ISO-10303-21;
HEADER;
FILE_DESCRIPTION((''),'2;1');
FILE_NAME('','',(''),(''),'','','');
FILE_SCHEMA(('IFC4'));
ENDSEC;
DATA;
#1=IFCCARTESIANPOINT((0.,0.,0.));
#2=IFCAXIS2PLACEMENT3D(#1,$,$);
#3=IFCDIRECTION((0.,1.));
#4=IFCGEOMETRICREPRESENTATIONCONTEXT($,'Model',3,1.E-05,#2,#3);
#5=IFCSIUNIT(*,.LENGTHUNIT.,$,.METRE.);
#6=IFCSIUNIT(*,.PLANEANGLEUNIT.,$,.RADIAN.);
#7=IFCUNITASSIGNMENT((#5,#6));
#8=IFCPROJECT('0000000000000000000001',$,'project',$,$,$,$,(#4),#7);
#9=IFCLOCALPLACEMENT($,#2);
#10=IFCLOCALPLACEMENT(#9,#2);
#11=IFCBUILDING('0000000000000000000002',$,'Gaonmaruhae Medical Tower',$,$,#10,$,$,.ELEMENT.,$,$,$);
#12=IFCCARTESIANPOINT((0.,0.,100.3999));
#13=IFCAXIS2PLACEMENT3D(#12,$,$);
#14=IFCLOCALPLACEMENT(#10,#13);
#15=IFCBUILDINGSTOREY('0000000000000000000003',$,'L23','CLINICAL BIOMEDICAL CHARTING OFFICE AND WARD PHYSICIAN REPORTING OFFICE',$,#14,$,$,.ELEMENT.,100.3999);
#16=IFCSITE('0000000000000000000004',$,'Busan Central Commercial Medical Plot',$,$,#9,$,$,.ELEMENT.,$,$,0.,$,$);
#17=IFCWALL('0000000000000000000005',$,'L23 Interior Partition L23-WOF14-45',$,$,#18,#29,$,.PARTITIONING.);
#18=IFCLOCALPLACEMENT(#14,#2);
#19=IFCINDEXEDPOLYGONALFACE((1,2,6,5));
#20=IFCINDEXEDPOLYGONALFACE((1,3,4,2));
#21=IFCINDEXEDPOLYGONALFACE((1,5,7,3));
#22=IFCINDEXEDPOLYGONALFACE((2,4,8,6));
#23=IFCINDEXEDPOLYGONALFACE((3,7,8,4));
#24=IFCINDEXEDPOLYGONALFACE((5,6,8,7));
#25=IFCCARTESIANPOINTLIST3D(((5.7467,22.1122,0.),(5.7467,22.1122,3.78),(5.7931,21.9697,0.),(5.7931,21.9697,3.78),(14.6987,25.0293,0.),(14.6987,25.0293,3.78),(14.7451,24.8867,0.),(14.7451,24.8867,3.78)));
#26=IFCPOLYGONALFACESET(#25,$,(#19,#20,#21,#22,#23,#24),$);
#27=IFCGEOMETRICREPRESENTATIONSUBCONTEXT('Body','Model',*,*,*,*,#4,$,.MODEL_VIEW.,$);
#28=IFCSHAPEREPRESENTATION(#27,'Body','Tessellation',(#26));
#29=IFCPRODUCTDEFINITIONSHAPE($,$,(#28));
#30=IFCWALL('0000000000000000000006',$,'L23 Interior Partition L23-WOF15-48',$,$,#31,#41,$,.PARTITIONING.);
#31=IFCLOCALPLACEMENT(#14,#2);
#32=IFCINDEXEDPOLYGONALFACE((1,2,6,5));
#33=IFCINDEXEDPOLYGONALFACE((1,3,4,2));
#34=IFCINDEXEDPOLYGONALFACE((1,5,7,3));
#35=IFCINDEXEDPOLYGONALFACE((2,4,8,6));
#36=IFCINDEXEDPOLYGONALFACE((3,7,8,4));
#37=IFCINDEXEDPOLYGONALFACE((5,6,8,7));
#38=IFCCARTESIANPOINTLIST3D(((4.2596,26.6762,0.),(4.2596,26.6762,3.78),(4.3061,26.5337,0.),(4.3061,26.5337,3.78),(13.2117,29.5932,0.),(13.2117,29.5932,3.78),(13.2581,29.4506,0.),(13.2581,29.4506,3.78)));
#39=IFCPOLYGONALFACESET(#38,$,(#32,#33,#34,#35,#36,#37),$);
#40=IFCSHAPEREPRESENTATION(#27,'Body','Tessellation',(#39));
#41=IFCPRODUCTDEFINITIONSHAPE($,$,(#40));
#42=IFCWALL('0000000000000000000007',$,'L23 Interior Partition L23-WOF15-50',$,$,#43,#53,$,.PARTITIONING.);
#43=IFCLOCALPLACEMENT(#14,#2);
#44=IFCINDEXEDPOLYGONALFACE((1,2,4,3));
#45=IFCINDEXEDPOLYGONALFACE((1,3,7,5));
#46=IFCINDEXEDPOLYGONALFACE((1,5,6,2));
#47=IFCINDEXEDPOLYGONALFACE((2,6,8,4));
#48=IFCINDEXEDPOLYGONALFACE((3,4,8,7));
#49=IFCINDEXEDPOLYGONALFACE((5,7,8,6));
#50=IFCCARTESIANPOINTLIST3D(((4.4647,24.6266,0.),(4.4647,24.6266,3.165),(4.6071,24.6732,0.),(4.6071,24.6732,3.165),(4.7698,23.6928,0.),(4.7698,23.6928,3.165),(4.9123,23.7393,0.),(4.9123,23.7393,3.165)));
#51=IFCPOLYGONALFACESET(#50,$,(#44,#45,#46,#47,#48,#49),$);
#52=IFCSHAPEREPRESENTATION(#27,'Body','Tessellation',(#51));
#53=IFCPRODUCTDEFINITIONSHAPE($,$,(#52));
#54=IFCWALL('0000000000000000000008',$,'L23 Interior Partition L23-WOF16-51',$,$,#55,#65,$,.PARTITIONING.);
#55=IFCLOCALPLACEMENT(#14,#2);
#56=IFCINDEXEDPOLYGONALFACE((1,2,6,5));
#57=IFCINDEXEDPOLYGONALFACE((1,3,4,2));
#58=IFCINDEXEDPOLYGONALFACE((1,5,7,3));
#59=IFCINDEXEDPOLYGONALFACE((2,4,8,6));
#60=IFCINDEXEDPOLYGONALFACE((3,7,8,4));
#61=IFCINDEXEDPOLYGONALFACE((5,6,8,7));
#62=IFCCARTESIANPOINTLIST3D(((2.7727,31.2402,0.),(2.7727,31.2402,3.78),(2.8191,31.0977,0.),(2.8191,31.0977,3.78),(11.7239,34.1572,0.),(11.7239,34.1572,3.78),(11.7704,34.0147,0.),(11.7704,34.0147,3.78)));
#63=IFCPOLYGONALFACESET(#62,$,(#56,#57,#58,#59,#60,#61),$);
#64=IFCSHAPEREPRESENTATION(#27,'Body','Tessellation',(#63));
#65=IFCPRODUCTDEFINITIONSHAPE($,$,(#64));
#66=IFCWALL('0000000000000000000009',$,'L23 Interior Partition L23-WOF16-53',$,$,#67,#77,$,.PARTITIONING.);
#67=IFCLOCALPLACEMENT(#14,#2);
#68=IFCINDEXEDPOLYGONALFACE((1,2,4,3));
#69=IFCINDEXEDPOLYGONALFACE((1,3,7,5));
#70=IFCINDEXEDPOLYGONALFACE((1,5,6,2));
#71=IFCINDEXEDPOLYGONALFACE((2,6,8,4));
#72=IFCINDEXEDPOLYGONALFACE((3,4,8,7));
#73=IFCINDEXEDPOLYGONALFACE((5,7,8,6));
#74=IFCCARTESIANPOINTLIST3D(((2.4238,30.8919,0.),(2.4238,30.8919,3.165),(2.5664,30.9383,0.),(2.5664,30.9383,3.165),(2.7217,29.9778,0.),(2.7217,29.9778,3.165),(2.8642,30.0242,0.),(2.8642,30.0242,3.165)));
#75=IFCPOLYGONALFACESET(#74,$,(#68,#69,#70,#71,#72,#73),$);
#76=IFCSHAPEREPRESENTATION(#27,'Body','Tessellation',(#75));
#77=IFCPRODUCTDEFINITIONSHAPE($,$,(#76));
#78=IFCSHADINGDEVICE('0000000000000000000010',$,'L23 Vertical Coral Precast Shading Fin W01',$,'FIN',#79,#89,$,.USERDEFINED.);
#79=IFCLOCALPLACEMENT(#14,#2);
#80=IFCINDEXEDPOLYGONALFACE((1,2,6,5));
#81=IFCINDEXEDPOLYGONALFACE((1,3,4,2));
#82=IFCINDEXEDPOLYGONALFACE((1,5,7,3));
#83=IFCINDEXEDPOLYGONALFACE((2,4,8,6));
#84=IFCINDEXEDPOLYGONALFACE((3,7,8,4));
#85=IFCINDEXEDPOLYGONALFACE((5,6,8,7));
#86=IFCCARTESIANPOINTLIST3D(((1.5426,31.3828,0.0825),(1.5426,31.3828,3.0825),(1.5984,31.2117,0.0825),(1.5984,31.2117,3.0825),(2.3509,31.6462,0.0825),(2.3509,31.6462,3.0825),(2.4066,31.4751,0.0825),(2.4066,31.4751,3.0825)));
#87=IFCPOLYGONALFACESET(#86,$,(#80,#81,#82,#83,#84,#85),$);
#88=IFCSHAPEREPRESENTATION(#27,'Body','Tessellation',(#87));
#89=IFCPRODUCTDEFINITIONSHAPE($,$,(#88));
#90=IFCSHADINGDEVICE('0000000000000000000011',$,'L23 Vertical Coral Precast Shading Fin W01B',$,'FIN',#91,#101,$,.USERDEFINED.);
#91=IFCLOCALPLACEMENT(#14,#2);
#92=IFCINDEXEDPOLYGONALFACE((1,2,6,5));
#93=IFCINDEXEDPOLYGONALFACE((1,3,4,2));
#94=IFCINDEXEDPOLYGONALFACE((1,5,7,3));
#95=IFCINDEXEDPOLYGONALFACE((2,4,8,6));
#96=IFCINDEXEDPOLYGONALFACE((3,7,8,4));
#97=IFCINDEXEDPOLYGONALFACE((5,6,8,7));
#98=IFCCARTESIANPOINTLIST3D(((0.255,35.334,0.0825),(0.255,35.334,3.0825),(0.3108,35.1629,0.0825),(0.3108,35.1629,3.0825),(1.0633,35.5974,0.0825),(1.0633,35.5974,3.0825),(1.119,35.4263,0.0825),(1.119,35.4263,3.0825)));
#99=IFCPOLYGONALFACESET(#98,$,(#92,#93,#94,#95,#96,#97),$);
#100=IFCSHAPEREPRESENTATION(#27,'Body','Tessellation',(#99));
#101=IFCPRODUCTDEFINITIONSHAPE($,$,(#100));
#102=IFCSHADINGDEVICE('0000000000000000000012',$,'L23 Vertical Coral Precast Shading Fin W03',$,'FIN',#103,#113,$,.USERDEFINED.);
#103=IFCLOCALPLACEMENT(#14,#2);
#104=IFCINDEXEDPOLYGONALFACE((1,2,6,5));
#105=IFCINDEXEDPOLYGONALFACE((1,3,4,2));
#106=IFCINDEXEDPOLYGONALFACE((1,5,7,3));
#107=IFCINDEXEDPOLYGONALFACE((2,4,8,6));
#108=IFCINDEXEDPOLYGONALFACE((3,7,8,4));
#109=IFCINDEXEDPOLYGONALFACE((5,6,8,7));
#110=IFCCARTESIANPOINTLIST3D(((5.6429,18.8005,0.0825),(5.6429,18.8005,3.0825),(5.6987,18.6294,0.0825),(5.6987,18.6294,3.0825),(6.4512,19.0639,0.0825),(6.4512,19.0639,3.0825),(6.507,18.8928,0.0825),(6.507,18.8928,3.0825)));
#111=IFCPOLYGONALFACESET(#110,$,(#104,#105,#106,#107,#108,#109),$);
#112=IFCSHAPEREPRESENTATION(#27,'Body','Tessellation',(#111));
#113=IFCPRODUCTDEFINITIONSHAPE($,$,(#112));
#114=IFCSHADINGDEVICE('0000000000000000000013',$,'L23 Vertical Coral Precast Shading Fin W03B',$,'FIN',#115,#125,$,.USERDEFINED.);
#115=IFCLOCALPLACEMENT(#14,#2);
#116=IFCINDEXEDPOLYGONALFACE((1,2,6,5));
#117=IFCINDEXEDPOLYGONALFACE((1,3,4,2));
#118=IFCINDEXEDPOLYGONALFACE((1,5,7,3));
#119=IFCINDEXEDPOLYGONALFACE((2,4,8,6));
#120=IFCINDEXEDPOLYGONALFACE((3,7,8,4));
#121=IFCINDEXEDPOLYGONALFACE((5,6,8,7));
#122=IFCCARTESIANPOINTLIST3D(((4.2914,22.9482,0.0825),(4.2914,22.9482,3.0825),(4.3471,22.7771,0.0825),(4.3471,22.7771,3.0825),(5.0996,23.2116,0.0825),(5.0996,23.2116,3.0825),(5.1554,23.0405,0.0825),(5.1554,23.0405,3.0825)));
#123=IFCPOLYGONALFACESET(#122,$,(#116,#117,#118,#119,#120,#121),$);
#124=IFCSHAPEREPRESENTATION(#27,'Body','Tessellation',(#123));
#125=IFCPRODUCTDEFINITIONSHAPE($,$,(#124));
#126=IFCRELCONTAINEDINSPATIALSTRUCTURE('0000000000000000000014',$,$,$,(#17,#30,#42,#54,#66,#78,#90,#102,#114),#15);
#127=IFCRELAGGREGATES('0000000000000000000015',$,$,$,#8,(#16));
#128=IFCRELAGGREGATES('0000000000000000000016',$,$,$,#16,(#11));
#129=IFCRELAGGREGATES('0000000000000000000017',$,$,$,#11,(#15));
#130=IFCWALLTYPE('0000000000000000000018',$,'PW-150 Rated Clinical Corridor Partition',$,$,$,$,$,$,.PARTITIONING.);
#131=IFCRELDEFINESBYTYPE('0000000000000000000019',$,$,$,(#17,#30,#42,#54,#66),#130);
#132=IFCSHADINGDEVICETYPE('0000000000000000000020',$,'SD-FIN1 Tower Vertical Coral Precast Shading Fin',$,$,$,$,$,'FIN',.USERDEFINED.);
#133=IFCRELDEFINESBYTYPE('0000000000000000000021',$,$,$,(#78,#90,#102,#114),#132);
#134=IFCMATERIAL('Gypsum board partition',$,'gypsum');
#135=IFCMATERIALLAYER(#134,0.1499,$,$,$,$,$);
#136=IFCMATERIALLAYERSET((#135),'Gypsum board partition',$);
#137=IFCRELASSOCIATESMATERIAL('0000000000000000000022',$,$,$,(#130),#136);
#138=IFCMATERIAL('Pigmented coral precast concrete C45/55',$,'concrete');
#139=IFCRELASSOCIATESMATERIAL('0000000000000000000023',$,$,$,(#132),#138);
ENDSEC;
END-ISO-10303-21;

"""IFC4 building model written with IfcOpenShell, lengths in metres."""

from ifc_helpers import new_model, si_unit, direction, frame, frame_2d, origin, origin_2d, place, context, subcontext, project, spatial, rectangle, extrude, material, layer, layer_set, type_object, element, save


model = new_model("IFC4")

# Units and contexts
model_context = context("Model", 3, precision=1e-05, world=origin(), true_north=direction((0.0, 1.0)))
body_context = subcontext(model_context, "Body", "Model", "MODEL_VIEW")
ifc_project = project(units=[si_unit("LENGTHUNIT", "METRE"), si_unit("PLANEANGLEUNIT", "RADIAN")], contexts=[model_context])

# Site, building, storey
site_placement = place(None, origin())
site = spatial("IfcSite", under=ifc_project, at=site_placement, Name="Busan Central Commercial Medical Plot", CompositionType="ELEMENT", RefElevation=0.0)
building_placement = place(site_placement, origin())
building = spatial("IfcBuilding", under=site, at=building_placement, Name="Gaonmaruhae Medical Tower", CompositionType="ELEMENT")
storey_placement = place(building_placement, frame((0.0, 0.0, 100.3999)))
storey = spatial("IfcBuildingStorey", under=building, at=storey_placement, Name="L23", Description="CLINICAL BIOMEDICAL CHARTING OFFICE AND WARD PHYSICIAN REPORTING OFFICE", CompositionType="ELEMENT", Elevation=100.3999)

# Walls
ifc_material_1 = material(Name="Gypsum board partition", Category="gypsum")
ifc_layer_1 = layer(ifc_material_1, 0.1499)
ifc_layer_set_1 = layer_set([ifc_layer_1], Name="Gypsum board partition")
wall_type_1 = type_object("IfcWallType", Name="PW-150 Rated Clinical Corridor Partition", PredefinedType="PARTITIONING", material=ifc_layer_set_1)
for number, where, z_axis, x_axis, name in (
    (1, (5.77, 22.041, 0.0), (0.0, 0.0, 1.0), (0.950796, 0.309818, 0.0), "L23 Interior Partition L23-WOF14-45"),
    (2, (4.283, 26.605, 0.0), (0.0, 0.0, 1.0), (0.950798, 0.309811, 0.0), "L23 Interior Partition L23-WOF15-48"),
):
    element("IfcWall", number, at=place(storey_placement, frame(where, z_axis=z_axis, x_axis=x_axis)), inside=storey, type_object=wall_type_1, Name=name, PredefinedType="PARTITIONING", context=body_context, shape_type="SweptSolid", body=[
        extrude(rectangle(XDim=9.4153, YDim=0.1499, at=frame_2d((4.7075, 0.0))), origin(), (0.0, 0.0, 1.0), 3.78),
    ])
wall_1_placement = place(storey_placement, frame((4.8411, 23.7161, 0.0), z_axis=(0.0, 0.0, 1.0), x_axis=(-0.310631, 0.950531, 0.0)))
element("IfcWall", 3, at=wall_1_placement, inside=storey, type_object=wall_type_1, Name="L23 Interior Partition L23-WOF15-50", PredefinedType="PARTITIONING", context=body_context, shape_type="SweptSolid", body=[
    extrude(rectangle(XDim=0.9824, YDim=0.1499, at=frame_2d((0.4912, 0.0))), origin(), (0.0, 0.0, 1.0), 3.165),
])
wall_2_placement = place(storey_placement, frame((2.7959, 31.1689, 0.0), z_axis=(0.0, 0.0, 1.0), x_axis=(0.950788, 0.309841, 0.0)))
element("IfcWall", 4, at=wall_2_placement, inside=storey, type_object=wall_type_1, Name="L23 Interior Partition L23-WOF16-51", PredefinedType="PARTITIONING", context=body_context, shape_type="SweptSolid", body=[
    extrude(rectangle(XDim=9.4146, YDim=0.1499, at=frame_2d((4.7073, 0.0))), origin(), (0.0, 0.0, 1.0), 3.78),
])

# Wall
wall_3_placement = place(storey_placement, frame((2.793, 30.001, 0.0), z_axis=(0.0, 0.0, 1.0), x_axis=(-0.309821, 0.950795, 0.0)))
element("IfcWall", 5, at=wall_3_placement, inside=storey, type_object=wall_type_1, Name="L23 Interior Partition L23-WOF16-53", PredefinedType="PARTITIONING", context=body_context, shape_type="SweptSolid", body=[
    extrude(rectangle(XDim=0.9614, YDim=0.1499, at=frame_2d((0.4807, 0.0))), origin(), (0.0, 0.0, 1.0), 3.165),
])

# Shading devices
ifc_material_2 = material(Name="Pigmented coral precast concrete C45/55", Category="concrete")
shading_device_type = type_object("IfcShadingDeviceType", Name="SD-FIN1 Tower Vertical Coral Precast Shading Fin", ElementType="FIN", PredefinedType="USERDEFINED", material=ifc_material_2)
for number, where, z_axis, x_axis, name in (
    (6, (1.9746, 31.429, 0.0825), (0.0, 0.0, 1.0), (-0.309847, 0.950786, 0.0), "L23 Vertical Coral Precast Shading Fin W01"),
    (7, (0.687, 35.3801, 0.0825), (0.0, 0.0, 1.0), (-0.309847, 0.950786, 0.0), "L23 Vertical Coral Precast Shading Fin W01B"),
    (8, (6.075, 18.8467, 0.0825), (0.0, 0.0, 1.0), (-0.309847, 0.950786, 0.0), "L23 Vertical Coral Precast Shading Fin W03"),
    (9, (4.7234, 22.9944, 0.0825), (0.0, 0.0, 1.0), (-0.309847, 0.950786, 0.0), "L23 Vertical Coral Precast Shading Fin W03B"),
):
    element("IfcShadingDevice", number, at=place(storey_placement, frame(where, z_axis=z_axis, x_axis=x_axis)), inside=storey, type_object=shading_device_type, Name=name, ObjectType="FIN", PredefinedType="USERDEFINED", context=body_context, shape_type="SweptSolid", body=[
        extrude(rectangle(XDim=0.1799, YDim=0.8501, at=origin_2d()), origin(), (0.0, 0.0, 1.0), 3.0),
    ])

save(model, "model.ifc")
